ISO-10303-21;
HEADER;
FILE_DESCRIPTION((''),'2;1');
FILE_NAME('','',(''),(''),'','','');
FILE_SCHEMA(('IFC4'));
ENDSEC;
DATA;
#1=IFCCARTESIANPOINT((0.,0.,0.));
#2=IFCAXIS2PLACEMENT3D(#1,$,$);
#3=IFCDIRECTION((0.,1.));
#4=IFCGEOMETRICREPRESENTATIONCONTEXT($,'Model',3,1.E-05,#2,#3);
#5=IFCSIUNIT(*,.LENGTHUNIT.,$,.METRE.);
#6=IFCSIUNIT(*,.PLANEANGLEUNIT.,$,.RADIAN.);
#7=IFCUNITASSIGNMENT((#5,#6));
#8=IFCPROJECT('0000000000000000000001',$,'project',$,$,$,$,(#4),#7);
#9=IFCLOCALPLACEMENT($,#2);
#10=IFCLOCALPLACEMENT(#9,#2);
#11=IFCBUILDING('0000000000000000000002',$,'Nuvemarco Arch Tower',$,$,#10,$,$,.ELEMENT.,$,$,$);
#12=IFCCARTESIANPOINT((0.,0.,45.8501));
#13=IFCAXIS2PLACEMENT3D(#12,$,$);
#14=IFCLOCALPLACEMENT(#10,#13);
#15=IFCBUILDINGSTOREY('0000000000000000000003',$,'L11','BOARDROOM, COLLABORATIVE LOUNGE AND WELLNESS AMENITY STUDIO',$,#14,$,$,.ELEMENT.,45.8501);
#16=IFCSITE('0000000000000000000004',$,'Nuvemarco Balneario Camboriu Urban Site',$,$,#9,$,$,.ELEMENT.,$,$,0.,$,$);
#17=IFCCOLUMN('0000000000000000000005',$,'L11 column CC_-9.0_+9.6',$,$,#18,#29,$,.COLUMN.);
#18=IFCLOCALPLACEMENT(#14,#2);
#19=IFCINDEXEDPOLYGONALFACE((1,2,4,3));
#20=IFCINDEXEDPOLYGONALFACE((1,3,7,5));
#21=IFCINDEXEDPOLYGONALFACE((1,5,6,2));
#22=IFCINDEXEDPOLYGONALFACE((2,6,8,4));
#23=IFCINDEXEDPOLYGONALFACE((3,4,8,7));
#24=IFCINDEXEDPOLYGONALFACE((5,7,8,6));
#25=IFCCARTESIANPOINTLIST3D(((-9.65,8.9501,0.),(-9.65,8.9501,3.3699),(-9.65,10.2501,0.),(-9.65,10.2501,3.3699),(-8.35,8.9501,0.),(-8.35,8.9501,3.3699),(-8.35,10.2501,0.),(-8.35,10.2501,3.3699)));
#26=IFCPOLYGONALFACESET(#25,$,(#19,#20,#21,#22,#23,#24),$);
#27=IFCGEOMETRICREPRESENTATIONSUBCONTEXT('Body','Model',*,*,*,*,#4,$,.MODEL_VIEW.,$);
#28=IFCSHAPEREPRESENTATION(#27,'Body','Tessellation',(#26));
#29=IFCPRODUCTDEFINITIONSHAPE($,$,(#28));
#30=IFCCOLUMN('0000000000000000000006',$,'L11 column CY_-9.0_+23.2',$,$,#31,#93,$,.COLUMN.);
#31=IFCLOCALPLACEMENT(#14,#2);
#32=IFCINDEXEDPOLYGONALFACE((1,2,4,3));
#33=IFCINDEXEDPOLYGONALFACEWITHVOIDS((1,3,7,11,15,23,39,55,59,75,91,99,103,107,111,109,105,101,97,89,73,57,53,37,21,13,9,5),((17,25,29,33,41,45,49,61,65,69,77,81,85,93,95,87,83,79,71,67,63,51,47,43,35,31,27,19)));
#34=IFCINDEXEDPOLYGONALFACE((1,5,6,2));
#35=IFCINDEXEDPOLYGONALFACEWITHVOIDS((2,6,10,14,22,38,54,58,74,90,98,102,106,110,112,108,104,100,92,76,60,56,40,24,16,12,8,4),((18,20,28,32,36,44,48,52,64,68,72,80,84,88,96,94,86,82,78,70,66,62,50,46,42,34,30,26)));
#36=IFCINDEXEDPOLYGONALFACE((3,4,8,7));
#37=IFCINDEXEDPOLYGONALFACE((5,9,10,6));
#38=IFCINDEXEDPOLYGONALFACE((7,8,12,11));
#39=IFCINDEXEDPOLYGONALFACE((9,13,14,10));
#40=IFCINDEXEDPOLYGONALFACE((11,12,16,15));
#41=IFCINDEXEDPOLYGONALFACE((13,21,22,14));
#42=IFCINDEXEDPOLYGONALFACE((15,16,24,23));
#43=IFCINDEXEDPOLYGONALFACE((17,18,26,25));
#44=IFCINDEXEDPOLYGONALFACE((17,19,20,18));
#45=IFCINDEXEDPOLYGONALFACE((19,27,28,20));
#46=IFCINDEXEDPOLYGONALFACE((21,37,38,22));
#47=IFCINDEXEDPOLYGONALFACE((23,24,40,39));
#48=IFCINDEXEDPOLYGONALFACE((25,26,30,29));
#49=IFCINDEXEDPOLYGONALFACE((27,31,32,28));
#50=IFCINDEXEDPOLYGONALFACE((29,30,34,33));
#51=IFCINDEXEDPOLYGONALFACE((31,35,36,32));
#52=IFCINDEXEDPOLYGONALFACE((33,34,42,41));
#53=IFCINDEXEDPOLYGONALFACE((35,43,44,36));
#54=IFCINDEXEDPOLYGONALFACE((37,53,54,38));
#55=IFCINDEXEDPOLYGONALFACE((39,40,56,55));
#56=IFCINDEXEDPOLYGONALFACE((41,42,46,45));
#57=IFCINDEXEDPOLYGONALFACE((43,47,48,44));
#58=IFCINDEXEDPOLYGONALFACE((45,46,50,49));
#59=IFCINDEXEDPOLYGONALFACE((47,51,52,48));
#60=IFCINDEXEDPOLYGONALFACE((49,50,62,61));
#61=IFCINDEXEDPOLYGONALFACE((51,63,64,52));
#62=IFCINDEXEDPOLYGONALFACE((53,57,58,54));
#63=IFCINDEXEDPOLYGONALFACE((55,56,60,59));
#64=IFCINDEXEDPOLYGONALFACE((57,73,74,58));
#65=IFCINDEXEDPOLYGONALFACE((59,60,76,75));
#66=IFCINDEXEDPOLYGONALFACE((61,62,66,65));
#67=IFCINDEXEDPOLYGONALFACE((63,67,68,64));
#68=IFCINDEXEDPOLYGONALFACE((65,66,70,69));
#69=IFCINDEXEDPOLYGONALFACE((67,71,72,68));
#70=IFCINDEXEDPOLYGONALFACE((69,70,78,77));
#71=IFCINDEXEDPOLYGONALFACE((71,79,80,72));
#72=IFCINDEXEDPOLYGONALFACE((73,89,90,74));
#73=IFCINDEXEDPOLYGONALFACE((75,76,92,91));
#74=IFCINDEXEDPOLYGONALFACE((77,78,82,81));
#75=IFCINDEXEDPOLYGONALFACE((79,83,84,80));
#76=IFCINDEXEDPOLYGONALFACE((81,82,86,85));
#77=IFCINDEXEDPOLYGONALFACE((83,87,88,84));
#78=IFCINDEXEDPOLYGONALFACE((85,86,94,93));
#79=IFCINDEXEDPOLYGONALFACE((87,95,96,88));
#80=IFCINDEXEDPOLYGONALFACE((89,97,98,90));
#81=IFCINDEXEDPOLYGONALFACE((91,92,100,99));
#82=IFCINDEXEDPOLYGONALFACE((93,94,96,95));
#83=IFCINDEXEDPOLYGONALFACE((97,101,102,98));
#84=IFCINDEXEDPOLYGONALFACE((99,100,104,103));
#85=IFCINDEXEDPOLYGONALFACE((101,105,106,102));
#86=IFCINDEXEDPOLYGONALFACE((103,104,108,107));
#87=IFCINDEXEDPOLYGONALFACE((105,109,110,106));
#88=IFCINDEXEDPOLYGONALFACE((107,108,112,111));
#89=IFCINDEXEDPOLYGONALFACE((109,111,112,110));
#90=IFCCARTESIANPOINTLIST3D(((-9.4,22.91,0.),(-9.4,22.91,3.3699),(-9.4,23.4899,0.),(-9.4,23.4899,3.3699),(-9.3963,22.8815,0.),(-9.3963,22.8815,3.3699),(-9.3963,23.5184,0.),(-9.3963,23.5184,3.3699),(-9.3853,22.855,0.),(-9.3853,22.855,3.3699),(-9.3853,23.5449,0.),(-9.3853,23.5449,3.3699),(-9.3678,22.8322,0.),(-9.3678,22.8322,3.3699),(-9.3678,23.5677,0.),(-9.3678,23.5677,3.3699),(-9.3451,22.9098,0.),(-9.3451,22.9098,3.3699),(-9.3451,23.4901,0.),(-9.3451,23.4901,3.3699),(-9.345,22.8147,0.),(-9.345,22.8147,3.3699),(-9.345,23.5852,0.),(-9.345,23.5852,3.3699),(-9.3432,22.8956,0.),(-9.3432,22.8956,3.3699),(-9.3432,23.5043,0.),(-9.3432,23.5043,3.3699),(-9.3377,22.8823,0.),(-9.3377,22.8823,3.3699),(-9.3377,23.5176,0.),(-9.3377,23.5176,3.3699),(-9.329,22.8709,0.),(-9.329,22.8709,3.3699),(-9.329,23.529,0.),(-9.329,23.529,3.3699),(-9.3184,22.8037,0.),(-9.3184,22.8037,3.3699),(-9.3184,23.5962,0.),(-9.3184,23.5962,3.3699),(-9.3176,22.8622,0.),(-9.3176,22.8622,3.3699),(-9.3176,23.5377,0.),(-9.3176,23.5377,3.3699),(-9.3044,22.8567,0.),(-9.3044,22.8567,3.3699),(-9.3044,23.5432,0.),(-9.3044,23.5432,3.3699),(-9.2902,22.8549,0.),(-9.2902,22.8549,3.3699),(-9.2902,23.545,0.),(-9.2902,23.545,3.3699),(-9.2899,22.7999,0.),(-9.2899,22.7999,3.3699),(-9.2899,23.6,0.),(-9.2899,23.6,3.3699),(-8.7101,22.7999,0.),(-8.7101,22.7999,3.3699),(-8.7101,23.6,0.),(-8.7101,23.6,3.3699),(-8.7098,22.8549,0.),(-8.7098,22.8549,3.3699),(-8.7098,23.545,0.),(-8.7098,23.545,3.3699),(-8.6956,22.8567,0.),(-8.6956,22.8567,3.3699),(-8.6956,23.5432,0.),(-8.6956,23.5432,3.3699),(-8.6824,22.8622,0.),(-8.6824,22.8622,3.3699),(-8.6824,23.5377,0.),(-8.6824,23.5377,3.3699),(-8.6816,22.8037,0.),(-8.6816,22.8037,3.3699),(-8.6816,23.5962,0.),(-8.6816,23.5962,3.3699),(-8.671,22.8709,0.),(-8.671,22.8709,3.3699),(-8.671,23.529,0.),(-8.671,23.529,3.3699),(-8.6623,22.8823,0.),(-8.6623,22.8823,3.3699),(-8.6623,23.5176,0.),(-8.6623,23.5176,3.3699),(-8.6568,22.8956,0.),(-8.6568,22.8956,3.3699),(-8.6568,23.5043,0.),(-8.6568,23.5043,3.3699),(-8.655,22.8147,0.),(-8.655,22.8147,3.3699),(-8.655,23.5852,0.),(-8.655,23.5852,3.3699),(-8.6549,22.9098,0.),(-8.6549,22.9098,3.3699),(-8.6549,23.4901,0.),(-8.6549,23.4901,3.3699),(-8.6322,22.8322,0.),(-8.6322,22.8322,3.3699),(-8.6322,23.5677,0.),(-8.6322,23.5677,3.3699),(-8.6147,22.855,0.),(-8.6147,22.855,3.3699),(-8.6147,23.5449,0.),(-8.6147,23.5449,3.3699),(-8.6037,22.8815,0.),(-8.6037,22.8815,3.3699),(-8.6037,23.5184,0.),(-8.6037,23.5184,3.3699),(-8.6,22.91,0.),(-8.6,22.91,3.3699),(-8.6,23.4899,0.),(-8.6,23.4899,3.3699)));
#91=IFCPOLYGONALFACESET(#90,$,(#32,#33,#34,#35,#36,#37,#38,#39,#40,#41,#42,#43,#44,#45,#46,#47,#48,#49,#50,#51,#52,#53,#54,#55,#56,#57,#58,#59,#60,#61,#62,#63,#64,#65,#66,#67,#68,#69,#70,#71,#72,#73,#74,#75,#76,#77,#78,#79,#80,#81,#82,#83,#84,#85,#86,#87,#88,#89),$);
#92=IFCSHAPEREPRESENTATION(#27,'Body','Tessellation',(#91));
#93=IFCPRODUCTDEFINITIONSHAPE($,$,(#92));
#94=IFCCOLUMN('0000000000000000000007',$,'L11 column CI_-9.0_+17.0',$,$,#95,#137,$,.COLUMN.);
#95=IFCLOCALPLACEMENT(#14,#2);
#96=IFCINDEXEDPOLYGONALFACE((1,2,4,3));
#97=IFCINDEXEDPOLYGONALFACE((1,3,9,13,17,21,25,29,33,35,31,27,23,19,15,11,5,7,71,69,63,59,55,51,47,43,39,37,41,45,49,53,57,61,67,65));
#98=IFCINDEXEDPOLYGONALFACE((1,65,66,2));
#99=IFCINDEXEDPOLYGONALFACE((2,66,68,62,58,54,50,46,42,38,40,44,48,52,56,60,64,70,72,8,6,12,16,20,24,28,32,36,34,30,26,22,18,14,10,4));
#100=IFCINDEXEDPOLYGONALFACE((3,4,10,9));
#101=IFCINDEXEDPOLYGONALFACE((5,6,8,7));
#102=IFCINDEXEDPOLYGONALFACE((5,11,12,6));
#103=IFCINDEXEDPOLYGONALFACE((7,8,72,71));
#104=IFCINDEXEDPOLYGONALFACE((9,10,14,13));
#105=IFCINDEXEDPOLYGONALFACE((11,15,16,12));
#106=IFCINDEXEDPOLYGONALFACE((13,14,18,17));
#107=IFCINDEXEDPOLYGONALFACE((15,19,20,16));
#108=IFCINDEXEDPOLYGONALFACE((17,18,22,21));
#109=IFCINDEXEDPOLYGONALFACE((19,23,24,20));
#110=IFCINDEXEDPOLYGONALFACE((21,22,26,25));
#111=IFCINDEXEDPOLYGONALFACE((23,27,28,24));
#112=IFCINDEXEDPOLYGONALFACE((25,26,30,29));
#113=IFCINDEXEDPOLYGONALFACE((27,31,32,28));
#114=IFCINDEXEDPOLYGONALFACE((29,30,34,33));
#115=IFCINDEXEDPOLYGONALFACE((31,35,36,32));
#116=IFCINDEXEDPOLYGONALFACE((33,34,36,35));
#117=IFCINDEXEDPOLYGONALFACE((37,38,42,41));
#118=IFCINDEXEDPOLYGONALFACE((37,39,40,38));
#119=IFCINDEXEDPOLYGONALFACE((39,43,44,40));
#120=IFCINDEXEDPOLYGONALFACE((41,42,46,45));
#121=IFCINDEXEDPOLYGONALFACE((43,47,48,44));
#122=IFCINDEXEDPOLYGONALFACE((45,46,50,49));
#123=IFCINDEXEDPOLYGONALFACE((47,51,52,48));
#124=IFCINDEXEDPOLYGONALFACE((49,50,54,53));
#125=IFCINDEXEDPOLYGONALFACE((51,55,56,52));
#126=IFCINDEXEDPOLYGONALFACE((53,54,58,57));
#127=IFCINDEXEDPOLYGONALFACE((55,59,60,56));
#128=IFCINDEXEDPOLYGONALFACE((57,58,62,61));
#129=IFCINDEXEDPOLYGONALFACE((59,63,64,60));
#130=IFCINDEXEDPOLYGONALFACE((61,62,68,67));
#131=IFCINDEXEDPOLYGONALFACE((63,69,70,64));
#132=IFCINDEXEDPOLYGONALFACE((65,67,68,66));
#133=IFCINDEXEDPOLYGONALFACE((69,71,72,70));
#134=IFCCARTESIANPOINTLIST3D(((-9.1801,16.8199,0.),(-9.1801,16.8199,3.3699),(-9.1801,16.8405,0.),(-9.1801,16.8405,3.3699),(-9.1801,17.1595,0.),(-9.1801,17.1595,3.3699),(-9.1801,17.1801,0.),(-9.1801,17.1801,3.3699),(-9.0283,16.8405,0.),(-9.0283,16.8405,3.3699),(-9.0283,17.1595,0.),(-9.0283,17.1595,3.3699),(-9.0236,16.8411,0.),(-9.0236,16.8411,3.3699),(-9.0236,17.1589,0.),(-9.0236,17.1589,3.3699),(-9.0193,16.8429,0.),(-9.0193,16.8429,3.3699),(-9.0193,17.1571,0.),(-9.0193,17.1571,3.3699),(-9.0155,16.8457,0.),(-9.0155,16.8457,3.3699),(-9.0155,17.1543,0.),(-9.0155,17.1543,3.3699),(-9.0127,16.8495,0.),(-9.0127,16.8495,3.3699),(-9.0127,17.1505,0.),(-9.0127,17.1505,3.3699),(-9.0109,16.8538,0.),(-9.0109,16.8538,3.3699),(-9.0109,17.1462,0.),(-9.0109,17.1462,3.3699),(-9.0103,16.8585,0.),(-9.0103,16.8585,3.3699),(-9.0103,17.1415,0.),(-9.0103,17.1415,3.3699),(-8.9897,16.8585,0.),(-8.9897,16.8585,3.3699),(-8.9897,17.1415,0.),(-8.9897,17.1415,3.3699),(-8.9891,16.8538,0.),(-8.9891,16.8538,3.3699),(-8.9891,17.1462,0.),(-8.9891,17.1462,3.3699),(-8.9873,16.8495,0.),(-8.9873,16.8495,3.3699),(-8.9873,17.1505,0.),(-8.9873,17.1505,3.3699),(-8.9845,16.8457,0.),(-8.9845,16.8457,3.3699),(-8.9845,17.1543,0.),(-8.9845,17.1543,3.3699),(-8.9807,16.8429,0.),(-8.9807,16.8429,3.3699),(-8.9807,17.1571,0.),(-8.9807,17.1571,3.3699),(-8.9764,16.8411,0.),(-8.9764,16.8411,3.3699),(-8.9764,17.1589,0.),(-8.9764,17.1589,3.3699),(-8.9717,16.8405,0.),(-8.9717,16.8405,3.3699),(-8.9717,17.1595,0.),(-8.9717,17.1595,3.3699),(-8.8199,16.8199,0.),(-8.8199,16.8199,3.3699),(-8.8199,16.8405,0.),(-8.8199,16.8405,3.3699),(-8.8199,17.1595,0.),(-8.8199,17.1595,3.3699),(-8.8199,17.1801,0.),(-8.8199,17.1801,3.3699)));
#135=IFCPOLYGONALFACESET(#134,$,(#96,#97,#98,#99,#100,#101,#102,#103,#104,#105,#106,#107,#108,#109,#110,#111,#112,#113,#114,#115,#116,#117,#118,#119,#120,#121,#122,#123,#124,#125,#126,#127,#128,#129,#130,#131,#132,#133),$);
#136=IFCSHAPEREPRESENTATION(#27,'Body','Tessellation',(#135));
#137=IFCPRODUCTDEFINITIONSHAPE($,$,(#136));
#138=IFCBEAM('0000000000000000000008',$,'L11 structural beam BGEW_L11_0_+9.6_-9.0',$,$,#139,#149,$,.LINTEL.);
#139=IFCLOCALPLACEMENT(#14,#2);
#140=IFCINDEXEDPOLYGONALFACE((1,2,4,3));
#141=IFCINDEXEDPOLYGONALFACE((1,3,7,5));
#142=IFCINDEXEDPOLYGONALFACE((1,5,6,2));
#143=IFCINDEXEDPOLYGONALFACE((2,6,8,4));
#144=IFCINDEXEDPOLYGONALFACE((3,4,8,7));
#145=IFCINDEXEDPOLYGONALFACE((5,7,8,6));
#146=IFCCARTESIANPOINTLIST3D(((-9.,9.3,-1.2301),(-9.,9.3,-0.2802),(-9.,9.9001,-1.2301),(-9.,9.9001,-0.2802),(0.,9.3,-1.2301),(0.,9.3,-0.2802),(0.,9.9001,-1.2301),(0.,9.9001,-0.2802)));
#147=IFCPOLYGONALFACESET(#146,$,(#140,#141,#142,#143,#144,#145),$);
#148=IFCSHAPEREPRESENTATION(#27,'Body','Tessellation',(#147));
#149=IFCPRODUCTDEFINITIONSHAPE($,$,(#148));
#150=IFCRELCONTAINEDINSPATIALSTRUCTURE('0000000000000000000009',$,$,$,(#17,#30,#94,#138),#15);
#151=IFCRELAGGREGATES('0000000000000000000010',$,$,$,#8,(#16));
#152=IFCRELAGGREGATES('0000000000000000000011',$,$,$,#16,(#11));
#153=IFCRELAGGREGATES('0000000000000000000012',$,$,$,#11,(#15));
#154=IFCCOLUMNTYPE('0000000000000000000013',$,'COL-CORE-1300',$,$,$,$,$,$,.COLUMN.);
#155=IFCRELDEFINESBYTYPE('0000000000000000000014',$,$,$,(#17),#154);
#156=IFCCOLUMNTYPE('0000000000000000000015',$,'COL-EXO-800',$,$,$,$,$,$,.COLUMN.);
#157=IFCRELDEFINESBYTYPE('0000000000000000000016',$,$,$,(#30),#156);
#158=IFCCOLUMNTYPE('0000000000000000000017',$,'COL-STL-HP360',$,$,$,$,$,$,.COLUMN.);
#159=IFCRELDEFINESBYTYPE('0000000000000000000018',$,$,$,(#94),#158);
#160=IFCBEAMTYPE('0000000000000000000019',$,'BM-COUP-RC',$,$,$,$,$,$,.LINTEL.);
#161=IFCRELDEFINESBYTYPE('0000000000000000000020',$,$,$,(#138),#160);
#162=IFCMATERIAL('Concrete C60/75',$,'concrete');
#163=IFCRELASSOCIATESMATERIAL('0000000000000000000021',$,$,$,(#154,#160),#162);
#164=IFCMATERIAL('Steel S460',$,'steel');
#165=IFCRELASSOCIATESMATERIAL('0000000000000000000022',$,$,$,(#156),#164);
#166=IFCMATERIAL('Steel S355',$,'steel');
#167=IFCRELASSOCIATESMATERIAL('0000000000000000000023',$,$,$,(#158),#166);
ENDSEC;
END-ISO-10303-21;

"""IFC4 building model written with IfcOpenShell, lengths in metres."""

from ifc_helpers import new_model, si_unit, direction, frame, origin, origin_2d, place, context, subcontext, project, spatial, rectangle, hollow_rectangle, i_section, extrude, material, material_profile, profile_set, type_object, element, save


model = new_model("IFC4")

# Units and contexts
model_context = context("Model", 3, precision=1e-05, world=origin(), true_north=direction((0.0, 1.0)))
body_context = subcontext(model_context, "Body", "Model", "MODEL_VIEW")
ifc_project = project(units=[si_unit("LENGTHUNIT", "METRE"), si_unit("PLANEANGLEUNIT", "RADIAN")], contexts=[model_context])

# Site, building, storey
site_placement = place(None, origin())
site = spatial("IfcSite", under=ifc_project, at=site_placement, Name="Nuvemarco Balneario Camboriu Urban Site", CompositionType="ELEMENT", RefElevation=0.0)
building_placement = place(site_placement, origin())
building = spatial("IfcBuilding", under=site, at=building_placement, Name="Nuvemarco Arch Tower", CompositionType="ELEMENT")
storey_placement = place(building_placement, frame((0.0, 0.0, 45.8501)))
storey = spatial("IfcBuildingStorey", under=building, at=storey_placement, Name="L11", Description="BOARDROOM, COLLABORATIVE LOUNGE AND WELLNESS AMENITY STUDIO", CompositionType="ELEMENT", Elevation=45.8501)

# Columns
ifc_material_1 = material(Name="Concrete C60/75", Category="concrete")
ifc_material_profile_1 = material_profile(ifc_material_1, rectangle(XDim=1.3, YDim=1.3, at=origin_2d()), Name="RC-COL-1300x1300")
ifc_profile_set_1 = profile_set([ifc_material_profile_1], Name="Concrete C60/75")
column_type_1 = type_object("IfcColumnType", Name="COL-CORE-1300", PredefinedType="COLUMN", material=ifc_profile_set_1)
column_1_placement = place(storey_placement, frame((-9.0, 9.6001, 0.0), z_axis=(0.0, 0.0, 1.0), x_axis=(1.0, 0.0, 0.0)))
element("IfcColumn", 1, at=column_1_placement, inside=storey, type_object=column_type_1, Name="L11 column CC_-9.0_+9.6", PredefinedType="COLUMN", context=body_context, shape_type="SweptSolid", body=[
    extrude(rectangle(XDim=1.3, YDim=1.3, at=origin_2d()), origin(), (0.0, 0.0, 1.0), 3.3699),
])
ifc_material_2 = material(Name="Steel S460", Category="steel")
ifc_material_profile_2 = material_profile(ifc_material_2, hollow_rectangle(XDim=0.8, YDim=0.8, WallThickness=0.0549, InnerFilletRadius=0.0549, OuterFilletRadius=0.1101, at=origin_2d()), Name="SHS800x800x55")
ifc_profile_set_2 = profile_set([ifc_material_profile_2], Name="Steel S460")
column_type_2 = type_object("IfcColumnType", Name="COL-EXO-800", PredefinedType="COLUMN", material=ifc_profile_set_2)
column_2_placement = place(storey_placement, frame((-9.0, 23.2, 0.0), z_axis=(0.0, 0.0, 1.0), x_axis=(1.0, 0.0, 0.0)))
element("IfcColumn", 2, at=column_2_placement, inside=storey, type_object=column_type_2, Name="L11 column CY_-9.0_+23.2", PredefinedType="COLUMN", context=body_context, shape_type="SweptSolid", body=[
    extrude(hollow_rectangle(XDim=0.8, YDim=0.8, WallThickness=0.0549, InnerFilletRadius=0.0549, OuterFilletRadius=0.1101, at=origin_2d()), origin(), (0.0, 0.0, 1.0), 3.3699),
])
ifc_material_3 = material(Name="Steel S355", Category="steel")
ifc_material_profile_3 = material_profile(ifc_material_3, i_section(OverallWidth=0.3601, OverallDepth=0.3601, WebThickness=0.0205, FlangeThickness=0.0205, FilletRadius=0.0181, at=origin_2d()), Name="HP360x174")
ifc_profile_set_3 = profile_set([ifc_material_profile_3], Name="Steel S355")
column_type_3 = type_object("IfcColumnType", Name="COL-STL-HP360", PredefinedType="COLUMN", material=ifc_profile_set_3)
column_3_placement = place(storey_placement, frame((-9.0, 17.0, 0.0), z_axis=(0.0, 0.0, 1.0), x_axis=(1.0, 0.0, 0.0)))
element("IfcColumn", 3, at=column_3_placement, inside=storey, type_object=column_type_3, Name="L11 column CI_-9.0_+17.0", PredefinedType="COLUMN", context=body_context, shape_type="SweptSolid", body=[
    extrude(i_section(OverallWidth=0.3601, OverallDepth=0.3601, WebThickness=0.0205, FlangeThickness=0.0205, FilletRadius=0.0181, at=origin_2d()), origin(), (0.0, 0.0, 1.0), 3.3699),
])

# Beam
ifc_material_profile_4 = material_profile(ifc_material_1, rectangle(XDim=0.6001, YDim=0.95, at=origin_2d()), Name="RC-BM-600x950")
ifc_profile_set_4 = profile_set([ifc_material_profile_4], Name="Concrete C60/75")
beam_type_1 = type_object("IfcBeamType", Name="BM-COUP-RC", PredefinedType="LINTEL", material=ifc_profile_set_4)
beam_1_placement = place(storey_placement, frame((-9.0, 9.6001, -0.7551), z_axis=(1.0, 0.0, 0.0), x_axis=(0.0, 1.0, 0.0)))
element("IfcBeam", 4, at=beam_1_placement, inside=storey, type_object=beam_type_1, Name="L11 structural beam BGEW_L11_0_+9.6_-9.0", PredefinedType="LINTEL", context=body_context, shape_type="SweptSolid", body=[
    extrude(rectangle(XDim=0.6001, YDim=0.95, at=origin_2d()), origin(), (0.0, 0.0, 1.0), 9.0),
])

save(model, "model.ifc")
